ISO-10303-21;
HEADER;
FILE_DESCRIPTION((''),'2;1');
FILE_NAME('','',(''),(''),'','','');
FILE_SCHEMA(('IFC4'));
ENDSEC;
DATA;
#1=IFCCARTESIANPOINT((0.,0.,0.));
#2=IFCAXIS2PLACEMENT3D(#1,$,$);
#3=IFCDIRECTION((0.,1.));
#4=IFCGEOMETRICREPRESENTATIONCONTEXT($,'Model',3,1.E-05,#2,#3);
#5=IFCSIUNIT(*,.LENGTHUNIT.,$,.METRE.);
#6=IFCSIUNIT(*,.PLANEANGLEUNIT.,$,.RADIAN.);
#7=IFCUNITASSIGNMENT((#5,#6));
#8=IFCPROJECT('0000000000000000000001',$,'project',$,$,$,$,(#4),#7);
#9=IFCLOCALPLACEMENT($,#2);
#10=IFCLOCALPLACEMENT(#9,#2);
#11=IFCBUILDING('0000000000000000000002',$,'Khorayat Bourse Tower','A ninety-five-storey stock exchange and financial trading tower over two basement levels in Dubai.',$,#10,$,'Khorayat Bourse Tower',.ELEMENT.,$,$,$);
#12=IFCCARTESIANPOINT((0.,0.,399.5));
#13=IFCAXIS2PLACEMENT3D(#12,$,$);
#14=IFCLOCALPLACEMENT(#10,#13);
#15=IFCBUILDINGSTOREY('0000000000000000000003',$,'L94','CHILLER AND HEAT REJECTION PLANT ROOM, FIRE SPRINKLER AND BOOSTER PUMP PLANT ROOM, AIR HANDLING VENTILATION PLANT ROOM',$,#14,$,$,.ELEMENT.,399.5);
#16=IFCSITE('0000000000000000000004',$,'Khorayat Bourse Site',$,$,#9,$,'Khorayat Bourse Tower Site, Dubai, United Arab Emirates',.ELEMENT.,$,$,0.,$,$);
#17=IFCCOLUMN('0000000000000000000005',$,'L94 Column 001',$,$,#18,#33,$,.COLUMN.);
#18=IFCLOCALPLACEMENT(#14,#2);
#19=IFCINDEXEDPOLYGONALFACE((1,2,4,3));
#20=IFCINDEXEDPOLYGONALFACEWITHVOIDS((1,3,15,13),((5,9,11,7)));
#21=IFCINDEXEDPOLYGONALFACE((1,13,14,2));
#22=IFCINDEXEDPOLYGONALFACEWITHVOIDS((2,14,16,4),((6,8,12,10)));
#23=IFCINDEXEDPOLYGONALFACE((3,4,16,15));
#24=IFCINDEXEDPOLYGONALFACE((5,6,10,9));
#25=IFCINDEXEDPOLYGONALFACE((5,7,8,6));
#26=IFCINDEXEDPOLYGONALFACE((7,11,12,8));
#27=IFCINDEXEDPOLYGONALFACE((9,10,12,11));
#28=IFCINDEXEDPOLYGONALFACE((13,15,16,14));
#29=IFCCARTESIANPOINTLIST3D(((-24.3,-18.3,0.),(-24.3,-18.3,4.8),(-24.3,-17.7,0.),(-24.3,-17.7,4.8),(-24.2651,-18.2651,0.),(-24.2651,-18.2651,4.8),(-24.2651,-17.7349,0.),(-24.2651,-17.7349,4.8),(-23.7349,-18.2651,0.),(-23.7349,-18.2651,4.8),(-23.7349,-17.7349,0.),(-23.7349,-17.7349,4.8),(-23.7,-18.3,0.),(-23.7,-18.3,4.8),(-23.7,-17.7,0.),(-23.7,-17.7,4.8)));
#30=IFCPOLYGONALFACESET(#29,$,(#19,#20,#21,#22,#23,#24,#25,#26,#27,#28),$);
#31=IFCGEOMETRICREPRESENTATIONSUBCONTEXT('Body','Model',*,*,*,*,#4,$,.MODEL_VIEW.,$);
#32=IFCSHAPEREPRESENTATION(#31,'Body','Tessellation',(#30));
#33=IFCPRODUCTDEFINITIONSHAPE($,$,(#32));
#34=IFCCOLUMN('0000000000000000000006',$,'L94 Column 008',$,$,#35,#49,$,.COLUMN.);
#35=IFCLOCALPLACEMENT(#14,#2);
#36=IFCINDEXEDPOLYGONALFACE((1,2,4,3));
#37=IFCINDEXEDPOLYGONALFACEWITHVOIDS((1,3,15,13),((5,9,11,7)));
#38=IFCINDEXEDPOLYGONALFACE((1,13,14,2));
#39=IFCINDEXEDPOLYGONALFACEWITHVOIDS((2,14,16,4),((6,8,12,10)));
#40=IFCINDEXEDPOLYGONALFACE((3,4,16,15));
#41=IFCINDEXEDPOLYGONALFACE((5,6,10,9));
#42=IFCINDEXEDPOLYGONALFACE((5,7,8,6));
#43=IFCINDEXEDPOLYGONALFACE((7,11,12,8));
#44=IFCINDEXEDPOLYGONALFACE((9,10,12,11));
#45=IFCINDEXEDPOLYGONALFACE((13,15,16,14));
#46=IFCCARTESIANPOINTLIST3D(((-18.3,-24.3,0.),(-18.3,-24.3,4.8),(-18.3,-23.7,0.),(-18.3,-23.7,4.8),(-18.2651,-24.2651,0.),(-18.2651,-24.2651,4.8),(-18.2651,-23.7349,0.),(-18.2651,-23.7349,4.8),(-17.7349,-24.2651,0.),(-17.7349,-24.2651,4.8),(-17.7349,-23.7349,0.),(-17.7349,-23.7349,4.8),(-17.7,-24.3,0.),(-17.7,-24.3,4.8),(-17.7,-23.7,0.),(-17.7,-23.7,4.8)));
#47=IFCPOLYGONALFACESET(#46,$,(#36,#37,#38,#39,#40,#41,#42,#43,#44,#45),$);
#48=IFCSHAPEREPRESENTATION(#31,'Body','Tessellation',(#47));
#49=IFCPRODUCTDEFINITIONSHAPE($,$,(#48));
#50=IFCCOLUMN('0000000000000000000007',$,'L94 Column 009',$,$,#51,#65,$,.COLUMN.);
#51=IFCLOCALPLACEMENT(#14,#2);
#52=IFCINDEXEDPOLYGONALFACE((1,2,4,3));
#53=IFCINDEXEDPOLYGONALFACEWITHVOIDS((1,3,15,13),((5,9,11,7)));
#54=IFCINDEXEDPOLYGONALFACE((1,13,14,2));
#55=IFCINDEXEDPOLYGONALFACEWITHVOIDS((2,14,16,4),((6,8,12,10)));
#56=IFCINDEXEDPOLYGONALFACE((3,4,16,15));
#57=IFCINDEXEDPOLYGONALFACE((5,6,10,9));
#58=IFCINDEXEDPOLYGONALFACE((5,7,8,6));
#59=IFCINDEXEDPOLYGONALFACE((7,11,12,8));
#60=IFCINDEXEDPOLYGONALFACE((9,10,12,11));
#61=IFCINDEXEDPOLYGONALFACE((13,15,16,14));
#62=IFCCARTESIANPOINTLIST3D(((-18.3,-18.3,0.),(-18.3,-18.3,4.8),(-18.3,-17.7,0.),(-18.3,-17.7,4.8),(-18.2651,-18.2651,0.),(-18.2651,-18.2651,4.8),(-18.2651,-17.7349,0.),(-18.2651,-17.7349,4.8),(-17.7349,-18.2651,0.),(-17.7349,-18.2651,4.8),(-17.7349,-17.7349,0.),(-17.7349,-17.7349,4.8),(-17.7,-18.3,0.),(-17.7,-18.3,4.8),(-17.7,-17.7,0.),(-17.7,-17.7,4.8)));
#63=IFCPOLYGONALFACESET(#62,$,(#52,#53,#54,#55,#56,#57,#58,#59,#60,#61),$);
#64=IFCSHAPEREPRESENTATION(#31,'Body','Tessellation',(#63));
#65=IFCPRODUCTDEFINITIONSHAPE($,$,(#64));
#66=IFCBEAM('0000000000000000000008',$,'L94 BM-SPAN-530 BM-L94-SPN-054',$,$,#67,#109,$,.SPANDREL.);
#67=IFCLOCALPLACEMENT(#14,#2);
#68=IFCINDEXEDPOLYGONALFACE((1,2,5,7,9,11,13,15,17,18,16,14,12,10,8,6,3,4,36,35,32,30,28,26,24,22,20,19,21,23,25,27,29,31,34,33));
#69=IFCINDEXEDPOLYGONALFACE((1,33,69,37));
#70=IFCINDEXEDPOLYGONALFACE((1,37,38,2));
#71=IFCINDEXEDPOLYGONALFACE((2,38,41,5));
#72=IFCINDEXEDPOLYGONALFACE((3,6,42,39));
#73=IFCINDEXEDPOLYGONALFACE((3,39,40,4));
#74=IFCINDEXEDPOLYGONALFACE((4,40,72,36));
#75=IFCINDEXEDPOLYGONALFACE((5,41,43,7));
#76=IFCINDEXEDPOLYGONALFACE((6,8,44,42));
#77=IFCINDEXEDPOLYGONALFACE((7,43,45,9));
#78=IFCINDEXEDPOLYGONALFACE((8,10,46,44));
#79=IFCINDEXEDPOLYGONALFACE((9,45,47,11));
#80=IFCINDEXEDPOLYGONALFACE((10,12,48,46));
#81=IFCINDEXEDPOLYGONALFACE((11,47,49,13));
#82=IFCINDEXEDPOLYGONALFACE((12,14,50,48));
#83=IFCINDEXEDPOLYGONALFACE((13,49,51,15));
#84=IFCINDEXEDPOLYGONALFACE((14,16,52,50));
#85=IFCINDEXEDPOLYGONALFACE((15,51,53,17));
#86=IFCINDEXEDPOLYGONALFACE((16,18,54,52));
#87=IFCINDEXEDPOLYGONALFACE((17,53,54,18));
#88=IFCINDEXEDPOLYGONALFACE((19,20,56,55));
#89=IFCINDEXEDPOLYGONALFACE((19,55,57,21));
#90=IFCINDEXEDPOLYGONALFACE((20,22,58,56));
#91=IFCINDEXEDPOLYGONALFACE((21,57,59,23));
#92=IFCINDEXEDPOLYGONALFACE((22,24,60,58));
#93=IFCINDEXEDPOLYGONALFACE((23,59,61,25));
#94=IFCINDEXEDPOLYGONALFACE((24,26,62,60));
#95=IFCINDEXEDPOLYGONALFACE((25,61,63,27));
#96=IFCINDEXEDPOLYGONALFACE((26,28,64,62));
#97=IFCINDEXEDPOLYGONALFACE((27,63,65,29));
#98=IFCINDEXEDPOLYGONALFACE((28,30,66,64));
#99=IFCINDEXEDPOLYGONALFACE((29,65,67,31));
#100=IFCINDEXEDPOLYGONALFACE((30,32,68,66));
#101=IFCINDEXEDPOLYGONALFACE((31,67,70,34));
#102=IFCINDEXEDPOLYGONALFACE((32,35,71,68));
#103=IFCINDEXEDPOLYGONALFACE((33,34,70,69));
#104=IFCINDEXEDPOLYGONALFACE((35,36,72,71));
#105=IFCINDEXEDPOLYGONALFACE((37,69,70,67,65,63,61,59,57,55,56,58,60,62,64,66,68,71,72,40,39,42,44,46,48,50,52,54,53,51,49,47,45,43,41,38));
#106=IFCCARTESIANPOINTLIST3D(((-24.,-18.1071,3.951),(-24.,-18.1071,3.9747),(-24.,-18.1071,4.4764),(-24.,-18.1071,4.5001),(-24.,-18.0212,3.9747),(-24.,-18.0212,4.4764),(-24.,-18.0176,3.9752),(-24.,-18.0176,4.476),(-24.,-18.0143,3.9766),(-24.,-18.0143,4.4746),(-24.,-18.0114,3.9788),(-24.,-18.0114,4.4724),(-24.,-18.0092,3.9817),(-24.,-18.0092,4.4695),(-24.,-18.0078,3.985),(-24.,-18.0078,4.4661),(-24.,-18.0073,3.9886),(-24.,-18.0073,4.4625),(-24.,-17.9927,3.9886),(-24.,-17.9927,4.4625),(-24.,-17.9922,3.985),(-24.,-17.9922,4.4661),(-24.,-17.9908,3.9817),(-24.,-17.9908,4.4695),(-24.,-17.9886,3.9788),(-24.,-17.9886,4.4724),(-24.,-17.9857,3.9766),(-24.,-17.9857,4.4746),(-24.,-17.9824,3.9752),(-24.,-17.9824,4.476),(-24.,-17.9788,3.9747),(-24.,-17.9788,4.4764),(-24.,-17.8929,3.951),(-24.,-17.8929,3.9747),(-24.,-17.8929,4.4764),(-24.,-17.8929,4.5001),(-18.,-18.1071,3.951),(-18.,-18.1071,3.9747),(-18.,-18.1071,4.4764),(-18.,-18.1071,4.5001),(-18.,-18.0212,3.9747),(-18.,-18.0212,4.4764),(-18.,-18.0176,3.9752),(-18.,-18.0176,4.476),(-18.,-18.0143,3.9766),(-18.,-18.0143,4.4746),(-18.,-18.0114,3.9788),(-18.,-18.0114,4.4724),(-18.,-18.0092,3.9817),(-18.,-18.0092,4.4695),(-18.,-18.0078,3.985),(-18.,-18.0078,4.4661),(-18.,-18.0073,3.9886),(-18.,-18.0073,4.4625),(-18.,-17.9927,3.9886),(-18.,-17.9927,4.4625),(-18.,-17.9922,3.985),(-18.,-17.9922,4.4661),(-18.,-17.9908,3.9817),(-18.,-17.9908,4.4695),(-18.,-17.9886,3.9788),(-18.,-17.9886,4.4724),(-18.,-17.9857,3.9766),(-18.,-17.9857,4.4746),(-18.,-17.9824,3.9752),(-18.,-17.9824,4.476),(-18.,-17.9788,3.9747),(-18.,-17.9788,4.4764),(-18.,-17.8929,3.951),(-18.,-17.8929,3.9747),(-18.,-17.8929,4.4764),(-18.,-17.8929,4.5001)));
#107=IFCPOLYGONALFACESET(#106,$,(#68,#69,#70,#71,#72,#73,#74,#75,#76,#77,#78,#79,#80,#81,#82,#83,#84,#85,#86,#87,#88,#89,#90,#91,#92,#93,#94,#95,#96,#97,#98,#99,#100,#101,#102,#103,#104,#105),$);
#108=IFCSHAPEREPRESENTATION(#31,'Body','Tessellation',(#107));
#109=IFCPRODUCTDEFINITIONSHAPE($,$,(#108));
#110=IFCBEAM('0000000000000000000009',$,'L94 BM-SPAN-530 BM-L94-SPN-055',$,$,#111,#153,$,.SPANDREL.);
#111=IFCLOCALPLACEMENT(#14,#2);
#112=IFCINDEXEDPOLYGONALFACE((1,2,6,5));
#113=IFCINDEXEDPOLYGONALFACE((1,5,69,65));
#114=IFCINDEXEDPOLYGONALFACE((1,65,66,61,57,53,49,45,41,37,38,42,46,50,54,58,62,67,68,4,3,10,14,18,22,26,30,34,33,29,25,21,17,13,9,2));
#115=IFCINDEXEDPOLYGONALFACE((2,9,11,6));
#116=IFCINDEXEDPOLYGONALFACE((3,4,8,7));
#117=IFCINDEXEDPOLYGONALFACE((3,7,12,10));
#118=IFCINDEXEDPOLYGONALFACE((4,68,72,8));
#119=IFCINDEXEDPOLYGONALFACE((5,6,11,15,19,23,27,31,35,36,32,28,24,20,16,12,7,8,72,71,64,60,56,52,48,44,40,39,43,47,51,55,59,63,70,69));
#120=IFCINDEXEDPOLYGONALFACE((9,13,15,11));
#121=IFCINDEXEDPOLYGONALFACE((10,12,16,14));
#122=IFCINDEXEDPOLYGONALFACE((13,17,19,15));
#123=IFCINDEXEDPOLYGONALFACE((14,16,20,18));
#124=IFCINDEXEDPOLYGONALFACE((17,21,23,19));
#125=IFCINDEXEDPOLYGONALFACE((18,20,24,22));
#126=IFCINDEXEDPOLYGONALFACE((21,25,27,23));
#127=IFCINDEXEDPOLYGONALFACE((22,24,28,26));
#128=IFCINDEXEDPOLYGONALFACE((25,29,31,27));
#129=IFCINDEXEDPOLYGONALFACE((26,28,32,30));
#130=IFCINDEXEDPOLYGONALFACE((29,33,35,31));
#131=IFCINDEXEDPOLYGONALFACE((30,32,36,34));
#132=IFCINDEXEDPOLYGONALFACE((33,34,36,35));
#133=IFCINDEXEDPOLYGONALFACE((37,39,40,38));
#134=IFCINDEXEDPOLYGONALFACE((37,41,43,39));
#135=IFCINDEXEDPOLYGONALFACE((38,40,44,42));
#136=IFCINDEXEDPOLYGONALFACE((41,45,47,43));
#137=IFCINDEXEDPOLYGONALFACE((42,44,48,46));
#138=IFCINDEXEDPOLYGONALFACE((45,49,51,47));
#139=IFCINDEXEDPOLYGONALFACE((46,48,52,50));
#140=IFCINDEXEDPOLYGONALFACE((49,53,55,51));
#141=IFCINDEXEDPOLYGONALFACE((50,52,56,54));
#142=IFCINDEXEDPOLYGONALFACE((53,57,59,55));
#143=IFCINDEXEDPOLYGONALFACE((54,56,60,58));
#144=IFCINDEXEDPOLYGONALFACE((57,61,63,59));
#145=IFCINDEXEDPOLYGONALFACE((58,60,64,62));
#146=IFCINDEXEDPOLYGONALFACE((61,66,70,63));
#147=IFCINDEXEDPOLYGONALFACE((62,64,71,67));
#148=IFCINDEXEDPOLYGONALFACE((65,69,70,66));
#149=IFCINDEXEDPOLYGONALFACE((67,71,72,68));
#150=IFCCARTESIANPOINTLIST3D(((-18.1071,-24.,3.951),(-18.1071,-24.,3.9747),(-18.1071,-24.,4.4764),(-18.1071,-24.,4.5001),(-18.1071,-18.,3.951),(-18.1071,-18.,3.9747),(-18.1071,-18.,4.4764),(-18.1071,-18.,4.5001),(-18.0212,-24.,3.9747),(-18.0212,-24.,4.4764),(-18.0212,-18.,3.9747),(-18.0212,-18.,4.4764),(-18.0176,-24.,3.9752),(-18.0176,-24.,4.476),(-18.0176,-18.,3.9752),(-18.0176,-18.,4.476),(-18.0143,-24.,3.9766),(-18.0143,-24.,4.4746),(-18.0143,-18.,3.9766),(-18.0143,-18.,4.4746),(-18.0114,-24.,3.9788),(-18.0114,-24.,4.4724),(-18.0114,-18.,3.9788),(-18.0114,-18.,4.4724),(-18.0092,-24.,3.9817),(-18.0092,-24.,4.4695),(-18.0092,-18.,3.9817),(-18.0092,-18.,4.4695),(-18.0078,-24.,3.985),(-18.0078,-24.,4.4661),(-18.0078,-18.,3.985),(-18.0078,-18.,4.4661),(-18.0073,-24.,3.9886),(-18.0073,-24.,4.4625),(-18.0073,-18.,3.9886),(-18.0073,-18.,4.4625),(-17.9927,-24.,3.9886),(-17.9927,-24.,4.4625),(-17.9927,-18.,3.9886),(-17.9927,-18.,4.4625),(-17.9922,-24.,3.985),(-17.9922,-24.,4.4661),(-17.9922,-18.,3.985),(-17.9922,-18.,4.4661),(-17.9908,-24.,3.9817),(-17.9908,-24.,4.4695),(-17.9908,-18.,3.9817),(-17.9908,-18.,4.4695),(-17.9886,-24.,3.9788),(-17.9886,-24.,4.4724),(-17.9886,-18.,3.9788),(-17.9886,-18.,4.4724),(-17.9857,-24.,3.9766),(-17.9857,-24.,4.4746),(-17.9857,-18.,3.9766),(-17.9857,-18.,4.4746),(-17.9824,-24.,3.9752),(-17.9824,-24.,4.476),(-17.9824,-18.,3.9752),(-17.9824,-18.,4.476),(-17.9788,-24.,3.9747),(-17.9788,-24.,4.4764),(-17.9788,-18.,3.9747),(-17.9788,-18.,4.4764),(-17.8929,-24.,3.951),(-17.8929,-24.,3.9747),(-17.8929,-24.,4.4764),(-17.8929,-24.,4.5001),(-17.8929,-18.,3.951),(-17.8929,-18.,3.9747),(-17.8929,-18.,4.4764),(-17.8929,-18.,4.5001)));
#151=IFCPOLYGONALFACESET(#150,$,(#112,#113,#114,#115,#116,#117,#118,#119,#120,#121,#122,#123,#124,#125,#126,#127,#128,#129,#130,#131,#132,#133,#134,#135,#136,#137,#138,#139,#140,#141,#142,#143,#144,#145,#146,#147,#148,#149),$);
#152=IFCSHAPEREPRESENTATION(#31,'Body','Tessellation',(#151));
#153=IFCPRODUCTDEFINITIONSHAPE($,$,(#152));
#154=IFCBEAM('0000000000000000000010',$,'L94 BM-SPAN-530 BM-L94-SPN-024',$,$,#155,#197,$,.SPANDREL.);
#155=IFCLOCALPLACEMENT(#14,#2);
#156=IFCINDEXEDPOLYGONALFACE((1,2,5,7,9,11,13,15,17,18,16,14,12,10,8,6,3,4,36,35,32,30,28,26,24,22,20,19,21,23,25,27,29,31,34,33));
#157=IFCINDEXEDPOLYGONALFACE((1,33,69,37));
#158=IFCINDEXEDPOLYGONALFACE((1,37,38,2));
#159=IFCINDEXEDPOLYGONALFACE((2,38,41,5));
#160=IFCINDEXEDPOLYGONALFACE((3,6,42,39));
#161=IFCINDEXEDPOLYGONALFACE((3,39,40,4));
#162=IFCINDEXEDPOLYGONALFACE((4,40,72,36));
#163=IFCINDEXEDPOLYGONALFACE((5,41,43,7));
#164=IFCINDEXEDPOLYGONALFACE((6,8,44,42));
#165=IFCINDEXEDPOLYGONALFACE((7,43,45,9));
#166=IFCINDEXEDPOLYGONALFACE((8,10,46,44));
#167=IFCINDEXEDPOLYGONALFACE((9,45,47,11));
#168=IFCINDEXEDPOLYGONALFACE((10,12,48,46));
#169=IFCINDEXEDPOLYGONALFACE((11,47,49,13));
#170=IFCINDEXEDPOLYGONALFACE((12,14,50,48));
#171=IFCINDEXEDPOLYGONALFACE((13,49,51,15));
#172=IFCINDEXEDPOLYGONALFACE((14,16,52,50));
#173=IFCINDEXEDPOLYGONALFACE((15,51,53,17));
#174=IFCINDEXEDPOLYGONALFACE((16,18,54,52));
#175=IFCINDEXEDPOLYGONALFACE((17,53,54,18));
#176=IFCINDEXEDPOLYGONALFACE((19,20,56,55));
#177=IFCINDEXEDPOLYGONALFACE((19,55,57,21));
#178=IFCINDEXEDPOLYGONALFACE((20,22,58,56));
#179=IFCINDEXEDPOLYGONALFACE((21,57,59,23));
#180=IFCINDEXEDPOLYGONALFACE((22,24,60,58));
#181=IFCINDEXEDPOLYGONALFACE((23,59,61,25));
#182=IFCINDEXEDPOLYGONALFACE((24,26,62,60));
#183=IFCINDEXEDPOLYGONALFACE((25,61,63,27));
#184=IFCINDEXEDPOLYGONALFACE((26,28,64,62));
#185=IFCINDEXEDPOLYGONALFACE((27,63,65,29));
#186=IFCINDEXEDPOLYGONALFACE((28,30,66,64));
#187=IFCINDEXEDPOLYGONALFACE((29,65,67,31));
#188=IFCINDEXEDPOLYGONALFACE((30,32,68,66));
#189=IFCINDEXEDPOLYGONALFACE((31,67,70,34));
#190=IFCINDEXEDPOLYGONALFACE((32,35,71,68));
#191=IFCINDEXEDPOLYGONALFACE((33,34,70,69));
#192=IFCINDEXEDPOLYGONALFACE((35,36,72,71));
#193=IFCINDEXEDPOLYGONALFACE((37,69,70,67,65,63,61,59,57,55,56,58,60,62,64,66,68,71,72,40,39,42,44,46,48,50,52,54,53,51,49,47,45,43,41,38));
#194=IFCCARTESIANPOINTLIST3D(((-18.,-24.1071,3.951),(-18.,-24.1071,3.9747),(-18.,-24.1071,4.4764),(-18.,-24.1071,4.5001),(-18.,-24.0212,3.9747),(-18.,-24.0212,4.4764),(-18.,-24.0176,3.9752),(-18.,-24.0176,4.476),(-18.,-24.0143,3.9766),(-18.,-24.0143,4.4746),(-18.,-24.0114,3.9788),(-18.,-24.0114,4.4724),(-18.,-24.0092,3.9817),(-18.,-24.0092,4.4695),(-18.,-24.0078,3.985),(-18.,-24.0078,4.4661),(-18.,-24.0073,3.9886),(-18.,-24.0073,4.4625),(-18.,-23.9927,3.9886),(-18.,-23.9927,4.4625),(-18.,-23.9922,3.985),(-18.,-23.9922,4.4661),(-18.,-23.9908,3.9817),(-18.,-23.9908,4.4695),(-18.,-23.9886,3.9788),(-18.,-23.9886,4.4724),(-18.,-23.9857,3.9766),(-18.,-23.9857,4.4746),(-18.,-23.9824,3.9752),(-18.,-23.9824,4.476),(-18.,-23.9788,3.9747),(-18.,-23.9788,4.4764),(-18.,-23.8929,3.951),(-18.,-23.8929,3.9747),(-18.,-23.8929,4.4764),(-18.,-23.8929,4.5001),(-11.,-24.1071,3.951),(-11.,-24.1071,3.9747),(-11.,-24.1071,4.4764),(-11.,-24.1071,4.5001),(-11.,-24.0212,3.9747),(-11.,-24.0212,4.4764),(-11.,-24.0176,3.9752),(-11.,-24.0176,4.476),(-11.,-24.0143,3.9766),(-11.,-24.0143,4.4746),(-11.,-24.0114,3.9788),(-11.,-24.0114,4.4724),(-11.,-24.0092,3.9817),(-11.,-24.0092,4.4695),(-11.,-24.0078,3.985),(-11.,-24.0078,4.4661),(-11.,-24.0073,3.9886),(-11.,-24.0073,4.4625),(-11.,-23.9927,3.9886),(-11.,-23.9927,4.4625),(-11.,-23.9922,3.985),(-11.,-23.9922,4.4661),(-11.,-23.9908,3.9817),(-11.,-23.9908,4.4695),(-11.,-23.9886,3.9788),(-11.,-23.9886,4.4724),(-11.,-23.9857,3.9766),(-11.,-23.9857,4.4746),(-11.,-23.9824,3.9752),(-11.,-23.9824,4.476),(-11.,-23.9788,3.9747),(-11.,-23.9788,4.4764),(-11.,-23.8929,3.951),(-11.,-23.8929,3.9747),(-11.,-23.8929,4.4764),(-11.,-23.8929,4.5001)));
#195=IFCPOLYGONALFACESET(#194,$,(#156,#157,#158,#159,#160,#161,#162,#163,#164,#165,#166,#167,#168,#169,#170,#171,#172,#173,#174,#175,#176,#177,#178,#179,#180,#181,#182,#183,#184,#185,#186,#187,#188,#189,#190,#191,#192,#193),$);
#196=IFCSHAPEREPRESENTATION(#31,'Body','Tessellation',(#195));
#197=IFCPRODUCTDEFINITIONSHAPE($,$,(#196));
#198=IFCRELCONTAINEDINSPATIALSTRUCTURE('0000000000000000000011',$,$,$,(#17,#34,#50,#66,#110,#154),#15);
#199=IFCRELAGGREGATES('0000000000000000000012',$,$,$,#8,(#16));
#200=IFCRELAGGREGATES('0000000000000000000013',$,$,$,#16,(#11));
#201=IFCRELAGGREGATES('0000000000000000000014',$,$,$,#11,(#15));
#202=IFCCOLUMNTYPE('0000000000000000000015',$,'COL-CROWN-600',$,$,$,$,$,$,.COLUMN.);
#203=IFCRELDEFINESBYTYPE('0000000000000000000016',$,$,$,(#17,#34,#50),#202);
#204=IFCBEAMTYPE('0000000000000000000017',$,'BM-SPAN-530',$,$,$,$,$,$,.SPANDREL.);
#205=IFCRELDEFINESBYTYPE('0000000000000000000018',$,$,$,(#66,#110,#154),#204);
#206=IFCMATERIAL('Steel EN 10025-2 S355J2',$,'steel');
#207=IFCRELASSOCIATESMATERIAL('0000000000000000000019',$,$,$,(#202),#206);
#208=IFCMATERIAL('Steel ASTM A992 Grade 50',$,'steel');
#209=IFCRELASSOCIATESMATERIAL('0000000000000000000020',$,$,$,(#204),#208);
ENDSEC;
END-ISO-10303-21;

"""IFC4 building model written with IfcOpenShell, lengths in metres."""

from ifc_helpers import new_model, si_unit, direction, frame, origin, origin_2d, place, context, subcontext, project, spatial, hollow_rectangle, i_section, extrude, source, transform, mapped, material, material_profile, profile_set, type_object, element, save


model = new_model("IFC4")

# Units and contexts
model_context = context("Model", 3, precision=1e-05, world=origin(), true_north=direction((0.0, 1.0)))
body_context = subcontext(model_context, "Body", "Model", "MODEL_VIEW")
ifc_project = project(units=[si_unit("LENGTHUNIT", "METRE"), si_unit("PLANEANGLEUNIT", "RADIAN")], contexts=[model_context])

# Site, building, storey
site_placement = place(None, origin())
site = spatial("IfcSite", under=ifc_project, at=site_placement, Name="Khorayat Bourse Site", LongName="Khorayat Bourse Tower Site, Dubai, United Arab Emirates", CompositionType="ELEMENT", RefElevation=0.0)
building_placement = place(site_placement, origin())
building = spatial("IfcBuilding", under=site, at=building_placement, Name="Khorayat Bourse Tower", Description="A ninety-five-storey stock exchange and financial trading tower over two basement levels in Dubai.", LongName="Khorayat Bourse Tower", CompositionType="ELEMENT")
storey_placement = place(building_placement, frame((0.0, 0.0, 399.5)))
storey = spatial("IfcBuildingStorey", under=building, at=storey_placement, Name="L94", Description="CHILLER AND HEAT REJECTION PLANT ROOM, FIRE SPRINKLER AND BOOSTER PUMP PLANT ROOM, AIR HANDLING VENTILATION PLANT ROOM", CompositionType="ELEMENT", Elevation=399.5)

# Columns
ifc_material_1 = material(Name="Steel EN 10025-2 S355J2", Category="steel")
ifc_material_profile_1 = material_profile(ifc_material_1, hollow_rectangle(XDim=0.6001, YDim=0.6001, WallThickness=0.0349, at=origin_2d()), Name="BOX 600x600x35")
ifc_profile_set_1 = profile_set([ifc_material_profile_1], Name="Steel EN 10025-2 S355J2")
column_type = type_object("IfcColumnType", Name="COL-CROWN-600", PredefinedType="COLUMN", material=ifc_profile_set_1)
shared_shape_1 = source(origin(), body_context, "Body", "SweptSolid", [
    extrude(hollow_rectangle(XDim=0.6001, YDim=0.6001, WallThickness=0.0349, at=origin_2d()), origin(), (0.0, 0.0, 1.0), 4.8),
])
for number, where, z_axis, x_axis, name in (
    (1, (-24.0, -18.0, 0.0), (0.0, 0.0, 1.0), (1.0, 0.0, 0.0), "L94 Column 001"),
    (2, (-18.0, -24.0, 0.0), (0.0, 0.0, 1.0), (1.0, 0.0, 0.0), "L94 Column 008"),
    (3, (-18.0, -18.0, 0.0), (0.0, 0.0, 1.0), (1.0, 0.0, 0.0), "L94 Column 009"),
):
    element("IfcColumn", number, at=place(storey_placement, frame(where, z_axis=z_axis, x_axis=x_axis)), inside=storey, type_object=column_type, Name=name, PredefinedType="COLUMN", context=body_context, shape_type="MappedRepresentation", body=[
        mapped(shared_shape_1, transform((0.0, 0.0, 0.0), scale=1.0)),
    ])

# Beams
ifc_material_2 = material(Name="Steel ASTM A992 Grade 50", Category="steel")
ifc_material_profile_2 = material_profile(ifc_material_2, i_section(OverallWidth=0.2141, OverallDepth=0.5491, WebThickness=0.0146, FlangeThickness=0.0237, FilletRadius=0.0139, at=origin_2d()), Name="W530X138")
ifc_profile_set_2 = profile_set([ifc_material_profile_2], Name="Steel ASTM A992 Grade 50")
beam_type_1 = type_object("IfcBeamType", Name="BM-SPAN-530", PredefinedType="SPANDREL", material=ifc_profile_set_2)
shared_shape_2 = source(origin(), body_context, "Body", "SweptSolid", [
    extrude(i_section(OverallWidth=0.2141, OverallDepth=0.5491, WebThickness=0.0146, FlangeThickness=0.0237, FilletRadius=0.0139, at=origin_2d()), origin(), (0.0, 0.0, 1.0), 6.0),
])
for number, where, z_axis, x_axis, name in (
    (4, (-24.0, -18.0, 4.2256), (1.0, 0.0, 0.0), (0.0, 1.0, 0.0), "L94 BM-SPAN-530 BM-L94-SPN-054"),
    (5, (-18.0, -24.0, 4.2256), (0.0, 1.0, 0.0), (-1.0, 0.0, 0.0), "L94 BM-SPAN-530 BM-L94-SPN-055"),
):
    element("IfcBeam", number, at=place(storey_placement, frame(where, z_axis=z_axis, x_axis=x_axis)), inside=storey, type_object=beam_type_1, Name=name, PredefinedType="SPANDREL", context=body_context, shape_type="MappedRepresentation", body=[
        mapped(shared_shape_2, transform((0.0, 0.0, 0.0), scale=1.0)),
    ])
shared_shape_3 = source(origin(), body_context, "Body", "SweptSolid", [
    extrude(i_section(OverallWidth=0.2141, OverallDepth=0.5491, WebThickness=0.0146, FlangeThickness=0.0237, FilletRadius=0.0139, at=origin_2d()), origin(), (0.0, 0.0, 1.0), 7.0),
])
for number, where, z_axis, x_axis, name in (
    (6, (-18.0, -24.0, 4.2256), (1.0, 0.0, 0.0), (0.0, 1.0, 0.0), "L94 BM-SPAN-530 BM-L94-SPN-024"),
):
    element("IfcBeam", number, at=place(storey_placement, frame(where, z_axis=z_axis, x_axis=x_axis)), inside=storey, type_object=beam_type_1, Name=name, PredefinedType="SPANDREL", context=body_context, shape_type="MappedRepresentation", body=[
        mapped(shared_shape_3, transform((0.0, 0.0, 0.0), scale=1.0)),
    ])

save(model, "model.ifc")
